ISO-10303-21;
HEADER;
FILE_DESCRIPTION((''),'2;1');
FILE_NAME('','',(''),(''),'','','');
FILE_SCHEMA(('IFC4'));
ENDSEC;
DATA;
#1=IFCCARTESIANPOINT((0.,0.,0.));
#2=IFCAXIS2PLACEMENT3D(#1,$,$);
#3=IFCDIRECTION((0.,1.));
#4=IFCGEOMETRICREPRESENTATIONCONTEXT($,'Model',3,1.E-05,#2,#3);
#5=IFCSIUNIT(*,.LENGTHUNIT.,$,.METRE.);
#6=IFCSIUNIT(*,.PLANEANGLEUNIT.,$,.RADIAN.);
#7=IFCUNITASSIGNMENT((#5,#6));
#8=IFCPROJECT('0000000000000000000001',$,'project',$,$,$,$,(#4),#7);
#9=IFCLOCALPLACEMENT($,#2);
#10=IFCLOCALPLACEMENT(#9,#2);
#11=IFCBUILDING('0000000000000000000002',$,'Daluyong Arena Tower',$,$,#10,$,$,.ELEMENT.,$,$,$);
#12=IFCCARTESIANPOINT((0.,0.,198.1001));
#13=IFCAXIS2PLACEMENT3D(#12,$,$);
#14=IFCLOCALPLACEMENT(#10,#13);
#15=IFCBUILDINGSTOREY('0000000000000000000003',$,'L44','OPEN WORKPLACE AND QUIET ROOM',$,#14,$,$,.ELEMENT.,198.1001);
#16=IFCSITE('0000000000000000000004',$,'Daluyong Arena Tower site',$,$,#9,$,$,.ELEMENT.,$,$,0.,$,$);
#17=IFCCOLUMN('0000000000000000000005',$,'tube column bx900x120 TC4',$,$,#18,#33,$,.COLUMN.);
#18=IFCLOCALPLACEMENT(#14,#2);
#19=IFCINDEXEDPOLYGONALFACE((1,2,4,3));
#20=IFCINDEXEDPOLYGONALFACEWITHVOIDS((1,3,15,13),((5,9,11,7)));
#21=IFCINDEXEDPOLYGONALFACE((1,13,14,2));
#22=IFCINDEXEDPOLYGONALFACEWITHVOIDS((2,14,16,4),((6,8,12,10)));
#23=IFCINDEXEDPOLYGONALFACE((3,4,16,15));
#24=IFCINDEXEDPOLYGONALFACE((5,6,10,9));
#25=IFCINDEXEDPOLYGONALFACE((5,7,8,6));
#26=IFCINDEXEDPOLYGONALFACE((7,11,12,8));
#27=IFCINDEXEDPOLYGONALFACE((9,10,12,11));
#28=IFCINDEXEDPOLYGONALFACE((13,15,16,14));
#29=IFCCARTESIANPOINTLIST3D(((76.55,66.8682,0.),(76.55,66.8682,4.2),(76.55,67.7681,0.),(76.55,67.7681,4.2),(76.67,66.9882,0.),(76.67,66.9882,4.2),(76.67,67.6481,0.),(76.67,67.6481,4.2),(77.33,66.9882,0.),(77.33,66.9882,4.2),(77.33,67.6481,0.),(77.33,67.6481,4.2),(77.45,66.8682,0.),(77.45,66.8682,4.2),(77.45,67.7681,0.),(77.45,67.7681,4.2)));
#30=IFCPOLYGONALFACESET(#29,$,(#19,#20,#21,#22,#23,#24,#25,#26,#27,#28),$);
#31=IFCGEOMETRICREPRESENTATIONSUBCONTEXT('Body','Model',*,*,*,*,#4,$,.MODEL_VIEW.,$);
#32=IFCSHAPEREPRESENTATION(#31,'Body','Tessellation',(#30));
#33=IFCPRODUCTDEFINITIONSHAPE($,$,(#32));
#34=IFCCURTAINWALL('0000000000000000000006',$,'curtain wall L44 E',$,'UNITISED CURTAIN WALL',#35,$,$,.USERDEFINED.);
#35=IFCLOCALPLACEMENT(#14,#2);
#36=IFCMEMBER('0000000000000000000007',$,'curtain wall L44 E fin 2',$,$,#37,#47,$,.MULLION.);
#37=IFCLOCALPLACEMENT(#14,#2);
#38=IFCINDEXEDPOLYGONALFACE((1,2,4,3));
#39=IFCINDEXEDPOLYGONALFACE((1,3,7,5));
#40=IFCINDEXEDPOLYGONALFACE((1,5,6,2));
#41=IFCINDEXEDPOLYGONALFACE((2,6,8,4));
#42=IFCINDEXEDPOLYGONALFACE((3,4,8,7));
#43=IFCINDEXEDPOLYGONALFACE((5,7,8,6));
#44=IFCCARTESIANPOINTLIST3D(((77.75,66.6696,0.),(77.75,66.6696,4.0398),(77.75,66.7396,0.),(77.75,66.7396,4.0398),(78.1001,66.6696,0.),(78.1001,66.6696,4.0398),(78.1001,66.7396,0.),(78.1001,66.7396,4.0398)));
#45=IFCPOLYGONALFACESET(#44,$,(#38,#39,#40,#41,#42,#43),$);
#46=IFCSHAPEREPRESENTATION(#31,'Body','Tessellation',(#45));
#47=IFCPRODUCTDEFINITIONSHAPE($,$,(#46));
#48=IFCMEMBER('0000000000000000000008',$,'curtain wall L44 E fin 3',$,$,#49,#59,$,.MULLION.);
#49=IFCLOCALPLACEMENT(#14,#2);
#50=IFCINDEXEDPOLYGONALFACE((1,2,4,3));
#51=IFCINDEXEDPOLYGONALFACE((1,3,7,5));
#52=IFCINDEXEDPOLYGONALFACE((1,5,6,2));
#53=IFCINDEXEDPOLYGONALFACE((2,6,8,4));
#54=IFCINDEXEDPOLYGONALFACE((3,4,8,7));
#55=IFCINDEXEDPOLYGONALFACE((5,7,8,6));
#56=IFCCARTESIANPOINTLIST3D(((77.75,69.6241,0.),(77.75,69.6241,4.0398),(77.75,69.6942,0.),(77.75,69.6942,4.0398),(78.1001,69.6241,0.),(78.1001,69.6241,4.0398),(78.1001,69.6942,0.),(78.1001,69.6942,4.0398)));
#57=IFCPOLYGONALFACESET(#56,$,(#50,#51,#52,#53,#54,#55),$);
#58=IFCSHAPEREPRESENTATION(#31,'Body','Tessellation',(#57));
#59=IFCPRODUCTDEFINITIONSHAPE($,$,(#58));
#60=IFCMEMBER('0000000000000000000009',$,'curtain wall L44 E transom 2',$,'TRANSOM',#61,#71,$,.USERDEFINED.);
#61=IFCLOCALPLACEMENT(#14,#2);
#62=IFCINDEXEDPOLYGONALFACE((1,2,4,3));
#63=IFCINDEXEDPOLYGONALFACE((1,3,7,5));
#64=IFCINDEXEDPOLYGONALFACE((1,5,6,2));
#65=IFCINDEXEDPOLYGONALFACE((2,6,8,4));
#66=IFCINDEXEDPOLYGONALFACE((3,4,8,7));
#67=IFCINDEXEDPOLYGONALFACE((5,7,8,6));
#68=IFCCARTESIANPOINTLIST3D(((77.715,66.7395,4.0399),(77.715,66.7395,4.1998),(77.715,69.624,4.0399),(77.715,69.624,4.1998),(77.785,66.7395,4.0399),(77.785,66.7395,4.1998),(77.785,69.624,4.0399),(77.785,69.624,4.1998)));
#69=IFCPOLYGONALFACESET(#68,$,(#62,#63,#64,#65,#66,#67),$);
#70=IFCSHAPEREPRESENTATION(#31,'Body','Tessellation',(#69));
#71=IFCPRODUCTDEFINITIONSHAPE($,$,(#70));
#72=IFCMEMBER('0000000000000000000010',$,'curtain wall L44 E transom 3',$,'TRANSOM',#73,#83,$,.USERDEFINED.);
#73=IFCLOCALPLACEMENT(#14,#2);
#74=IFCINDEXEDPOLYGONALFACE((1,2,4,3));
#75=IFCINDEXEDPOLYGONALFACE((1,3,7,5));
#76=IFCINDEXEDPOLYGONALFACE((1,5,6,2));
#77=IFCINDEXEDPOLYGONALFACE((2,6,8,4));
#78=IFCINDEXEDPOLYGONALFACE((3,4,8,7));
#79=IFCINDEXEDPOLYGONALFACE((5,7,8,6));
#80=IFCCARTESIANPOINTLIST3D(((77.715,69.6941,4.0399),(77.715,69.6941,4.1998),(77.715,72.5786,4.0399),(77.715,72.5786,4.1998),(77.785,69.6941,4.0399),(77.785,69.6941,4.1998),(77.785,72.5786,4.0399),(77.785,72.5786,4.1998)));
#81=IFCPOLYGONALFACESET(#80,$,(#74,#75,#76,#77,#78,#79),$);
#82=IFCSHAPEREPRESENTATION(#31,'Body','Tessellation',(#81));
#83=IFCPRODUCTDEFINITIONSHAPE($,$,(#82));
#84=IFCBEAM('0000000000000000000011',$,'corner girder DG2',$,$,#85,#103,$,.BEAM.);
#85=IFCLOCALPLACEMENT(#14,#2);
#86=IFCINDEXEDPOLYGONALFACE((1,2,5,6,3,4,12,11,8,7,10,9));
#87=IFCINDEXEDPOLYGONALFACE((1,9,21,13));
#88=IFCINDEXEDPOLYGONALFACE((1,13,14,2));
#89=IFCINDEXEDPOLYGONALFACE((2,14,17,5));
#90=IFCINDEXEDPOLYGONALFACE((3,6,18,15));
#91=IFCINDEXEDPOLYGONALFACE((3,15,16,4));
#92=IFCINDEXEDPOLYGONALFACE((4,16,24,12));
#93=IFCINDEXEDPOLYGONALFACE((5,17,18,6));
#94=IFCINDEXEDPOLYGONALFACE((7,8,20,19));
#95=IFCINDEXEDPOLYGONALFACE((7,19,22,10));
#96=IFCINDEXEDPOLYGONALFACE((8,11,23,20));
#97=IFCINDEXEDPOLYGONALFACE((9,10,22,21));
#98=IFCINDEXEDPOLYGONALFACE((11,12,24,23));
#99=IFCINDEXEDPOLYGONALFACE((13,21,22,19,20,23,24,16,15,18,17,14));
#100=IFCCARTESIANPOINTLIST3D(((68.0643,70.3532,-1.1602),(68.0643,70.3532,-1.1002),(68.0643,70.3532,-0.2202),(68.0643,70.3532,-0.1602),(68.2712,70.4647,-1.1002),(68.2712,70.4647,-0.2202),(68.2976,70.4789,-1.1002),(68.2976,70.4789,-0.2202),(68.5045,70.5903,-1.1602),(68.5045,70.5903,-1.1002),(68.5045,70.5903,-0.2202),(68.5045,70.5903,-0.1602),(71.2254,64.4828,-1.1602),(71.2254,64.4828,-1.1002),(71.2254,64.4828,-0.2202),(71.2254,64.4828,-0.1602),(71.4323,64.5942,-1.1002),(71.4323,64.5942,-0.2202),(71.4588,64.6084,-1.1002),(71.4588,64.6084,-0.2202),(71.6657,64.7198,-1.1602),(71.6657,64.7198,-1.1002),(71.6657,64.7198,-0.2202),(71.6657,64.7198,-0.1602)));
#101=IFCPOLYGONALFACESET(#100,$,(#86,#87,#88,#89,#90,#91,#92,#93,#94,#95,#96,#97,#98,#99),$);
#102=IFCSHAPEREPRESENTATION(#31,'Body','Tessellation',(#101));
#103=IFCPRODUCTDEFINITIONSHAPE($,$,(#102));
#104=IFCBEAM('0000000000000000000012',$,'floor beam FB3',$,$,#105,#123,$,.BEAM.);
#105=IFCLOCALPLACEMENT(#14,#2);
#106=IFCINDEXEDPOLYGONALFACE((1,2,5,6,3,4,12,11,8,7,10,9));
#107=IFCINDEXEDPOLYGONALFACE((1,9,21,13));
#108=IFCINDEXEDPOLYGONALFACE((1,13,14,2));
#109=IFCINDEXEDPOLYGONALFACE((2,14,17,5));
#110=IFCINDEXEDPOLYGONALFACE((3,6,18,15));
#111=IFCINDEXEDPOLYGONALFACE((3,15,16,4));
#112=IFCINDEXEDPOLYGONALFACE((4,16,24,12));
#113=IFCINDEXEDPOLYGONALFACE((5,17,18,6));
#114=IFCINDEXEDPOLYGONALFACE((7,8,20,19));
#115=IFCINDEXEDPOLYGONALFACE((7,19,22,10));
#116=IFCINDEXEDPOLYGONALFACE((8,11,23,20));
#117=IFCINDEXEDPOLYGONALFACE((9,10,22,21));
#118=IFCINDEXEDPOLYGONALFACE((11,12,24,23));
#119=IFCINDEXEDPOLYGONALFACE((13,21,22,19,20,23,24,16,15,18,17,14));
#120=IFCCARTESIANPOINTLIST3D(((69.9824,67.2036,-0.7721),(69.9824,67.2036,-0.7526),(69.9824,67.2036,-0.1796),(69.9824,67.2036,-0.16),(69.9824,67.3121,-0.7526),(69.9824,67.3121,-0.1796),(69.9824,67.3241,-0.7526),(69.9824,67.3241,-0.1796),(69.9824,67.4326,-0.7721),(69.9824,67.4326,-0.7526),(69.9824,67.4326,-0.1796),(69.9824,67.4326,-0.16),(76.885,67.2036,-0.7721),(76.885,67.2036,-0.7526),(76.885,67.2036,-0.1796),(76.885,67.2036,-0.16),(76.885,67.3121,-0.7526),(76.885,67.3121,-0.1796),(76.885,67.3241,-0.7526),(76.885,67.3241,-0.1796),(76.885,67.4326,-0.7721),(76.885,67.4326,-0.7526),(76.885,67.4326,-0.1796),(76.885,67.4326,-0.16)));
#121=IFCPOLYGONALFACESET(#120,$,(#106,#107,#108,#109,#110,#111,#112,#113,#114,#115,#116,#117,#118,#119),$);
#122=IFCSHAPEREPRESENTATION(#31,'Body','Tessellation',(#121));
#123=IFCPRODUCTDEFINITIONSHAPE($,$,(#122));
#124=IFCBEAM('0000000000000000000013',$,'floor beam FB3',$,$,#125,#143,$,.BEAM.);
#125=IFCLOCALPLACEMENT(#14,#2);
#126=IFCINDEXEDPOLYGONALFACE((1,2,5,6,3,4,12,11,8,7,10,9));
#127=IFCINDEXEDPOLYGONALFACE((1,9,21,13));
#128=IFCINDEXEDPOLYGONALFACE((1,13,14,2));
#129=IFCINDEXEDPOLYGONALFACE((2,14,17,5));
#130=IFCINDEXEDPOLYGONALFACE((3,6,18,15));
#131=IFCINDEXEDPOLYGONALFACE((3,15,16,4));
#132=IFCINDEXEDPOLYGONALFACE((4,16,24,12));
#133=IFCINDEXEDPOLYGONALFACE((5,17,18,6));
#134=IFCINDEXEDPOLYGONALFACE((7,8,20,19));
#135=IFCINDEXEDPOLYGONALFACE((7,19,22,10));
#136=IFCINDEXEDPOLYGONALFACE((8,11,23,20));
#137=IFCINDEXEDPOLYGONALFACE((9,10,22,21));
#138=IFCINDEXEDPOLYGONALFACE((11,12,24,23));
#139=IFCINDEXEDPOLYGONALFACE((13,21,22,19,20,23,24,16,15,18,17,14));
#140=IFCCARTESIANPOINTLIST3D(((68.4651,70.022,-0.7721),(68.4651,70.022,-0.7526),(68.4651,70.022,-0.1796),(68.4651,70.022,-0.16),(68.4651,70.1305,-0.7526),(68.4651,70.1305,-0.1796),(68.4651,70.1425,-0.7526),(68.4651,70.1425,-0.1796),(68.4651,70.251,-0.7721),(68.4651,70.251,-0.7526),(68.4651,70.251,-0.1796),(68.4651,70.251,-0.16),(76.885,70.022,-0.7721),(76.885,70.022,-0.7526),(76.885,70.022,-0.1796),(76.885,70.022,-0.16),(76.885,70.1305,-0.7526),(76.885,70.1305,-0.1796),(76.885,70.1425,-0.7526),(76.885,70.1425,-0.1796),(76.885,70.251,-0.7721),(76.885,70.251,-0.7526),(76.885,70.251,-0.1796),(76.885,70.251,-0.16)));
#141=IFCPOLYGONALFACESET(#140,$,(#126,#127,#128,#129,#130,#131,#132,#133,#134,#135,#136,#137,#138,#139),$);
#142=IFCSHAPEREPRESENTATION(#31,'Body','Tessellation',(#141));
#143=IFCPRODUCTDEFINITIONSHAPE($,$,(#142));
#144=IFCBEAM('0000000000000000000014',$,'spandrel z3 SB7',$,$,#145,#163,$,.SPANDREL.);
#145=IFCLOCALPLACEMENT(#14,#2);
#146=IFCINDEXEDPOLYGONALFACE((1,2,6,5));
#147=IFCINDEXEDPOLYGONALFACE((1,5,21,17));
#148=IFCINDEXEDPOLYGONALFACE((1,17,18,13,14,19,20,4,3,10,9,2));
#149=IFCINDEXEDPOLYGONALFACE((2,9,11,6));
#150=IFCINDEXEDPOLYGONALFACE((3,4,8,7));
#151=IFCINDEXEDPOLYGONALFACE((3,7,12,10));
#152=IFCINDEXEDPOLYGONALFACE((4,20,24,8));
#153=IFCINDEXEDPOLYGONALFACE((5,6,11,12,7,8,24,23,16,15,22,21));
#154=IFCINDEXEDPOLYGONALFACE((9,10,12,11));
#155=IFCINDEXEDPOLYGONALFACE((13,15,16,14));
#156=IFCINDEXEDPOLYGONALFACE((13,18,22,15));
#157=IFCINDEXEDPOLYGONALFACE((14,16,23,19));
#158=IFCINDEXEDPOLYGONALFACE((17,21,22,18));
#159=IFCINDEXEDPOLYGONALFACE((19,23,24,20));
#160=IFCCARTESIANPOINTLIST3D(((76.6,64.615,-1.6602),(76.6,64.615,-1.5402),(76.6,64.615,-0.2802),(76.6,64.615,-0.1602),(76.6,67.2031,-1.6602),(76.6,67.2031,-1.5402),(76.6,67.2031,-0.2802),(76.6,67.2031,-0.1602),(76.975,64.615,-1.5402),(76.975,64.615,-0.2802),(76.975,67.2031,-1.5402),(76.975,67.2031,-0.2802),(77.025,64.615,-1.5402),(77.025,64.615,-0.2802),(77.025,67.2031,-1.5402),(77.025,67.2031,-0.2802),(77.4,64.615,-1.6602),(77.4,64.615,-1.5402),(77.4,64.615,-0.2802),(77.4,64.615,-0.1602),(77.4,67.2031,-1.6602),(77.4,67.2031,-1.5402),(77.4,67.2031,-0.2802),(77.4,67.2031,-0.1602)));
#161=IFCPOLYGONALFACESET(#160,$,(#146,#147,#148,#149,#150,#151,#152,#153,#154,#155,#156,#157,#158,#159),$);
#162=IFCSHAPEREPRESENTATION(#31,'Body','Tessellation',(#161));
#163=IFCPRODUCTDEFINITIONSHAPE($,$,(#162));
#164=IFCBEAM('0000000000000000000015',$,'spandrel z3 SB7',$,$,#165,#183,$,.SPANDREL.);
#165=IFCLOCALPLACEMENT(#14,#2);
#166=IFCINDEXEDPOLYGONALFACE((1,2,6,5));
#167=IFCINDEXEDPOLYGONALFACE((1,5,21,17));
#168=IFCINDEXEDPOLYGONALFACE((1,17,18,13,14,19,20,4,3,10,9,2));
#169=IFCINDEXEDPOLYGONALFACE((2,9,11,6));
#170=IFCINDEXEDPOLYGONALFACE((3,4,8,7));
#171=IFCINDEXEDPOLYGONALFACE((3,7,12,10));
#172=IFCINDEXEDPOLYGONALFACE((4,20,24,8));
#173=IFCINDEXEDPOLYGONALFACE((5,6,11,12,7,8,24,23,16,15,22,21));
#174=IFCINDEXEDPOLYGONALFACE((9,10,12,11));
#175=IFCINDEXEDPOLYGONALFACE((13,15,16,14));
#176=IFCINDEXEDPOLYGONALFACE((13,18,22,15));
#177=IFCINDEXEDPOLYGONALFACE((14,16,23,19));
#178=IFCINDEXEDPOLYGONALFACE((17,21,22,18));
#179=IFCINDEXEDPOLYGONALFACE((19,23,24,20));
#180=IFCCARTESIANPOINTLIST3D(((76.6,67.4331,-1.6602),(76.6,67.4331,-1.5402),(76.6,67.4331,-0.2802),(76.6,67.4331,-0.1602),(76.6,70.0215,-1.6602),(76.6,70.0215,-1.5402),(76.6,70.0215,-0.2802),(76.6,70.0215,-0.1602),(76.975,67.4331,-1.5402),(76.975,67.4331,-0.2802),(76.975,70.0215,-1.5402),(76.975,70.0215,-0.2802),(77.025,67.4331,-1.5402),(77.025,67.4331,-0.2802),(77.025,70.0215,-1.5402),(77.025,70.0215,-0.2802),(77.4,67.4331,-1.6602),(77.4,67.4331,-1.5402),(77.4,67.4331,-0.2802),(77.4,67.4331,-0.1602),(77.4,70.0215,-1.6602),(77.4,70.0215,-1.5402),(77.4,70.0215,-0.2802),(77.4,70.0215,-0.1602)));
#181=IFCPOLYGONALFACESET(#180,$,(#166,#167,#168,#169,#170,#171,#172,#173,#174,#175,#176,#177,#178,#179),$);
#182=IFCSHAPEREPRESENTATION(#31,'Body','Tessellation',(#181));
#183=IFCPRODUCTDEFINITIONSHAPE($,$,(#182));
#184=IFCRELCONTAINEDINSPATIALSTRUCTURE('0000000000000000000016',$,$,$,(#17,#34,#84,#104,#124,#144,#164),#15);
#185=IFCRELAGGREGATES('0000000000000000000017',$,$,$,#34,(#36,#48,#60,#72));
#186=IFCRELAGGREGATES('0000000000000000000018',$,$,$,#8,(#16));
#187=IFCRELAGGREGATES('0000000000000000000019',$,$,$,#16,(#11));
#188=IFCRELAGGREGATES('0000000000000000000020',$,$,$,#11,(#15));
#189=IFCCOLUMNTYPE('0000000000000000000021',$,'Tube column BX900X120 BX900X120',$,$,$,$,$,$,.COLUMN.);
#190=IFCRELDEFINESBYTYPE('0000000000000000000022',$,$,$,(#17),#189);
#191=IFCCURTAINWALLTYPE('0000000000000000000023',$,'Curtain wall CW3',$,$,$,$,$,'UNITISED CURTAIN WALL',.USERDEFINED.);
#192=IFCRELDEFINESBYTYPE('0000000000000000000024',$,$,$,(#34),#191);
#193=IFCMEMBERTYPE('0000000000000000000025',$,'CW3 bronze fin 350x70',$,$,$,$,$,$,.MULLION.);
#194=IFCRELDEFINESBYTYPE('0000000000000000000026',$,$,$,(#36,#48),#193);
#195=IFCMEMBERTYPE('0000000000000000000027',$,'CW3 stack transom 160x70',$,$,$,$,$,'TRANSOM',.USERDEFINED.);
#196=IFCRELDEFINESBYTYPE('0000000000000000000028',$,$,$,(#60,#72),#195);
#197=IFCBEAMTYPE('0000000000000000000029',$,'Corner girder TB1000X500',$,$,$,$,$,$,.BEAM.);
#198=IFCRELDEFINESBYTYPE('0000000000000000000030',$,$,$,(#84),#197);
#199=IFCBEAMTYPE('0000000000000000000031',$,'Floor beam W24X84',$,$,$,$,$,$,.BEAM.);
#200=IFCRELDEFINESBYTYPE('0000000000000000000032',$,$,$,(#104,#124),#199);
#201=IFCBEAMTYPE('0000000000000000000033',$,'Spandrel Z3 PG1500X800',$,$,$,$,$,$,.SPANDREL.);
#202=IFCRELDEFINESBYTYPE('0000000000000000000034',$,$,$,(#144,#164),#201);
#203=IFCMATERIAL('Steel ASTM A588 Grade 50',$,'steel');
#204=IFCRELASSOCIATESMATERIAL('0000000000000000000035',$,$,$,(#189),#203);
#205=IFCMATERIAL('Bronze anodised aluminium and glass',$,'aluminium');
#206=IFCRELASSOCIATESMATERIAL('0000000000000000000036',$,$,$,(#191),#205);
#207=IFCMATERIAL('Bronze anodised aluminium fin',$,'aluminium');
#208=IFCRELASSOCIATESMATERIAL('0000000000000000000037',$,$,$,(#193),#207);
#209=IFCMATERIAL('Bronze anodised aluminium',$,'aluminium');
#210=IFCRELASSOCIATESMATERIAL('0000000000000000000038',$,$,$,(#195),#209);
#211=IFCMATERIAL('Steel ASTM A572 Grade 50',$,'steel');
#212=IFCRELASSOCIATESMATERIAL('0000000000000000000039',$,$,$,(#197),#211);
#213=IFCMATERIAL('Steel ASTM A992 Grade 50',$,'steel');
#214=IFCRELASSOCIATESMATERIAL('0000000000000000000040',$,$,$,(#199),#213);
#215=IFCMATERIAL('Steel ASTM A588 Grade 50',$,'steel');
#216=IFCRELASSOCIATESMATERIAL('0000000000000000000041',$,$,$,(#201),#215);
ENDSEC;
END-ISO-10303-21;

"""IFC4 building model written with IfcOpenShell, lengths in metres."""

from ifc_helpers import new_model, si_unit, direction, frame, origin, origin_2d, place, context, subcontext, project, spatial, rectangle, hollow_rectangle, i_section, extrude, material, material_profile, profile_set, type_object, element, aggregate, save


model = new_model("IFC4")

# Units and contexts
model_context = context("Model", 3, precision=1e-05, world=origin(), true_north=direction((0.0, 1.0)))
body_context = subcontext(model_context, "Body", "Model", "MODEL_VIEW")
ifc_project = project(units=[si_unit("LENGTHUNIT", "METRE"), si_unit("PLANEANGLEUNIT", "RADIAN")], contexts=[model_context])

# Site, building, storey
site_placement = place(None, origin())
site = spatial("IfcSite", under=ifc_project, at=site_placement, Name="Daluyong Arena Tower site", CompositionType="ELEMENT", RefElevation=0.0)
building_placement = place(site_placement, origin())
building = spatial("IfcBuilding", under=site, at=building_placement, Name="Daluyong Arena Tower", CompositionType="ELEMENT")
storey_placement = place(building_placement, frame((0.0, 0.0, 198.1001)))
storey = spatial("IfcBuildingStorey", under=building, at=storey_placement, Name="L44", Description="OPEN WORKPLACE AND QUIET ROOM", CompositionType="ELEMENT", Elevation=198.1001)

# Column
ifc_material_1 = material(Name="Steel ASTM A588 Grade 50", Category="steel")
ifc_material_profile_1 = material_profile(ifc_material_1, hollow_rectangle(XDim=0.8999, YDim=0.8999, WallThickness=0.12, at=origin_2d()))
ifc_profile_set_1 = profile_set([ifc_material_profile_1], Name="Steel ASTM A588 Grade 50")
column_type = type_object("IfcColumnType", Name="Tube column BX900X120 BX900X120", PredefinedType="COLUMN", material=ifc_profile_set_1)
column_placement = place(storey_placement, frame((77.0, 67.3181, 0.0), z_axis=(0.0, 0.0, 1.0), x_axis=(0.0, 1.0, 0.0)))
element("IfcColumn", 1, at=column_placement, inside=storey, type_object=column_type, Name="tube column bx900x120 TC4", PredefinedType="COLUMN", context=body_context, shape_type="SweptSolid", body=[
    extrude(hollow_rectangle(XDim=0.8999, YDim=0.8999, WallThickness=0.12, at=origin_2d()), origin(), (0.0, 0.0, 1.0), 4.2),
])

# Curtain wall, members
ifc_material_2 = material(Name="Bronze anodised aluminium and glass", Category="aluminium")
curtain_wall_type = type_object("IfcCurtainWallType", Name="Curtain wall CW3", ElementType="UNITISED CURTAIN WALL", PredefinedType="USERDEFINED", material=ifc_material_2)
curtain_wall_placement = place(storey_placement, origin())
curtain_wall = element("IfcCurtainWall", 2, at=curtain_wall_placement, inside=storey, type_object=curtain_wall_type, Name="curtain wall L44 E", ObjectType="UNITISED CURTAIN WALL", PredefinedType="USERDEFINED")
ifc_material_3 = material(Name="Bronze anodised aluminium fin", Category="aluminium")
ifc_material_profile_2 = material_profile(ifc_material_3, rectangle(XDim=0.3501, YDim=0.0701, at=origin_2d()))
ifc_profile_set_2 = profile_set([ifc_material_profile_2], Name="Bronze anodised aluminium fin")
member_type_1 = type_object("IfcMemberType", Name="CW3 bronze fin 350x70", PredefinedType="MULLION", material=ifc_profile_set_2)
member_1_placement = place(storey_placement, frame((77.925, 66.7046, 0.0), z_axis=(0.0, 0.0, 1.0), x_axis=(-1.0, 0.0, 0.0)))
member_1 = element("IfcMember", 3, at=member_1_placement, type_object=member_type_1, Name="curtain wall L44 E fin 2", PredefinedType="MULLION", context=body_context, shape_type="SweptSolid", body=[
    extrude(rectangle(XDim=0.3501, YDim=0.0701, at=origin_2d()), origin(), (0.0, 0.0, 1.0), 4.0398),
])
member_2_placement = place(storey_placement, frame((77.925, 69.6592, 0.0), z_axis=(0.0, 0.0, 1.0), x_axis=(-1.0, 0.0, 0.0)))
member_2 = element("IfcMember", 4, at=member_2_placement, type_object=member_type_1, Name="curtain wall L44 E fin 3", PredefinedType="MULLION", context=body_context, shape_type="SweptSolid", body=[
    extrude(rectangle(XDim=0.3501, YDim=0.0701, at=origin_2d()), origin(), (0.0, 0.0, 1.0), 4.0398),
])
ifc_material_4 = material(Name="Bronze anodised aluminium", Category="aluminium")
ifc_material_profile_3 = material_profile(ifc_material_4, rectangle(XDim=0.0701, YDim=0.1599, at=origin_2d()))
ifc_profile_set_3 = profile_set([ifc_material_profile_3], Name="Bronze anodised aluminium")
member_type_2 = type_object("IfcMemberType", Name="CW3 stack transom 160x70", ElementType="TRANSOM", PredefinedType="USERDEFINED", material=ifc_profile_set_3)
member_3_placement = place(storey_placement, frame((77.75, 66.7395, 4.1199), z_axis=(0.0, 1.0, 0.0), x_axis=(-1.0, 0.0, 0.0)))
member_3 = element("IfcMember", 5, at=member_3_placement, type_object=member_type_2, Name="curtain wall L44 E transom 2", ObjectType="TRANSOM", PredefinedType="USERDEFINED", context=body_context, shape_type="SweptSolid", body=[
    extrude(rectangle(XDim=0.0701, YDim=0.1599, at=origin_2d()), origin(), (0.0, 0.0, 1.0), 2.8845),
])
member_4_placement = place(storey_placement, frame((77.75, 69.6941, 4.1199), z_axis=(0.0, 1.0, 0.0), x_axis=(-1.0, 0.0, 0.0)))
member_4 = element("IfcMember", 6, at=member_4_placement, type_object=member_type_2, Name="curtain wall L44 E transom 3", ObjectType="TRANSOM", PredefinedType="USERDEFINED", context=body_context, shape_type="SweptSolid", body=[
    extrude(rectangle(XDim=0.0701, YDim=0.1599, at=origin_2d()), origin(), (0.0, 0.0, 1.0), 2.8845),
])

# Beams
ifc_material_5 = material(Name="Steel ASTM A572 Grade 50", Category="steel")
ifc_material_profile_4 = material_profile(ifc_material_5, i_section(OverallWidth=0.5, OverallDepth=1.0, WebThickness=0.03, FlangeThickness=0.06, at=origin_2d()))
ifc_profile_set_4 = profile_set([ifc_material_profile_4], Name="Steel ASTM A572 Grade 50")
beam_type_1 = type_object("IfcBeamType", Name="Corner girder TB1000X500", PredefinedType="BEAM", material=ifc_profile_set_4)
beam_1_placement = place(storey_placement, frame((71.4456, 64.6013, -0.6602), z_axis=(-0.474119, 0.880461, 0.0), x_axis=(-0.880461, -0.474119, 0.0)))
element("IfcBeam", 7, at=beam_1_placement, inside=storey, type_object=beam_type_1, Name="corner girder DG2", PredefinedType="BEAM", context=body_context, shape_type="SweptSolid", body=[
    extrude(i_section(OverallWidth=0.5, OverallDepth=1.0, WebThickness=0.03, FlangeThickness=0.06, at=origin_2d()), origin(), (0.0, 0.0, 1.0), 6.6675),
])
ifc_material_6 = material(Name="Steel ASTM A992 Grade 50", Category="steel")
ifc_material_profile_5 = material_profile(ifc_material_6, i_section(OverallWidth=0.229, OverallDepth=0.6121, WebThickness=0.012, FlangeThickness=0.0195, at=origin_2d()))
ifc_profile_set_5 = profile_set([ifc_material_profile_5], Name="Steel ASTM A992 Grade 50")
beam_type_2 = type_object("IfcBeamType", Name="Floor beam W24X84", PredefinedType="BEAM", material=ifc_profile_set_5)
beam_2_placement = place(storey_placement, frame((76.885, 67.3181, -0.4661), z_axis=(-1.0, 0.0, 0.0), x_axis=(0.0, -1.0, 0.0)))
element("IfcBeam", 8, at=beam_2_placement, inside=storey, type_object=beam_type_2, Name="floor beam FB3", PredefinedType="BEAM", context=body_context, shape_type="SweptSolid", body=[
    extrude(i_section(OverallWidth=0.229, OverallDepth=0.6121, WebThickness=0.012, FlangeThickness=0.0195, at=origin_2d()), origin(), (0.0, 0.0, 1.0), 6.9026),
])
beam_3_placement = place(storey_placement, frame((76.885, 70.1365, -0.4661), z_axis=(-1.0, 0.0, 0.0), x_axis=(0.0, -1.0, 0.0)))
element("IfcBeam", 9, at=beam_3_placement, inside=storey, type_object=beam_type_2, Name="floor beam FB3", PredefinedType="BEAM", context=body_context, shape_type="SweptSolid", body=[
    extrude(i_section(OverallWidth=0.229, OverallDepth=0.6121, WebThickness=0.012, FlangeThickness=0.0195, at=origin_2d()), origin(), (0.0, 0.0, 1.0), 8.4199),
])
ifc_material_7 = material(Name="Steel ASTM A588 Grade 50", Category="steel")
ifc_material_profile_6 = material_profile(ifc_material_7, i_section(OverallWidth=0.8, OverallDepth=1.5, WebThickness=0.05, FlangeThickness=0.12, at=origin_2d()))
ifc_profile_set_6 = profile_set([ifc_material_profile_6], Name="Steel ASTM A588 Grade 50")
beam_type_3 = type_object("IfcBeamType", Name="Spandrel Z3 PG1500X800", PredefinedType="SPANDREL", material=ifc_profile_set_6)
beam_4_placement = place(storey_placement, frame((77.0, 64.615, -0.9102), z_axis=(0.0, 1.0, 0.0), x_axis=(-1.0, 0.0, 0.0)))
element("IfcBeam", 10, at=beam_4_placement, inside=storey, type_object=beam_type_3, Name="spandrel z3 SB7", PredefinedType="SPANDREL", context=body_context, shape_type="SweptSolid", body=[
    extrude(i_section(OverallWidth=0.8, OverallDepth=1.5, WebThickness=0.05, FlangeThickness=0.12, at=origin_2d()), origin(), (0.0, 0.0, 1.0), 2.5881),
])
beam_5_placement = place(storey_placement, frame((77.0, 67.4331, -0.9102), z_axis=(0.0, 1.0, 0.0), x_axis=(-1.0, 0.0, 0.0)))
element("IfcBeam", 11, at=beam_5_placement, inside=storey, type_object=beam_type_3, Name="spandrel z3 SB7", PredefinedType="SPANDREL", context=body_context, shape_type="SweptSolid", body=[
    extrude(i_section(OverallWidth=0.8, OverallDepth=1.5, WebThickness=0.05, FlangeThickness=0.12, at=origin_2d()), origin(), (0.0, 0.0, 1.0), 2.5884),
])

aggregate(curtain_wall, [member_1, member_2, member_3, member_4])

save(model, "model.ifc")
